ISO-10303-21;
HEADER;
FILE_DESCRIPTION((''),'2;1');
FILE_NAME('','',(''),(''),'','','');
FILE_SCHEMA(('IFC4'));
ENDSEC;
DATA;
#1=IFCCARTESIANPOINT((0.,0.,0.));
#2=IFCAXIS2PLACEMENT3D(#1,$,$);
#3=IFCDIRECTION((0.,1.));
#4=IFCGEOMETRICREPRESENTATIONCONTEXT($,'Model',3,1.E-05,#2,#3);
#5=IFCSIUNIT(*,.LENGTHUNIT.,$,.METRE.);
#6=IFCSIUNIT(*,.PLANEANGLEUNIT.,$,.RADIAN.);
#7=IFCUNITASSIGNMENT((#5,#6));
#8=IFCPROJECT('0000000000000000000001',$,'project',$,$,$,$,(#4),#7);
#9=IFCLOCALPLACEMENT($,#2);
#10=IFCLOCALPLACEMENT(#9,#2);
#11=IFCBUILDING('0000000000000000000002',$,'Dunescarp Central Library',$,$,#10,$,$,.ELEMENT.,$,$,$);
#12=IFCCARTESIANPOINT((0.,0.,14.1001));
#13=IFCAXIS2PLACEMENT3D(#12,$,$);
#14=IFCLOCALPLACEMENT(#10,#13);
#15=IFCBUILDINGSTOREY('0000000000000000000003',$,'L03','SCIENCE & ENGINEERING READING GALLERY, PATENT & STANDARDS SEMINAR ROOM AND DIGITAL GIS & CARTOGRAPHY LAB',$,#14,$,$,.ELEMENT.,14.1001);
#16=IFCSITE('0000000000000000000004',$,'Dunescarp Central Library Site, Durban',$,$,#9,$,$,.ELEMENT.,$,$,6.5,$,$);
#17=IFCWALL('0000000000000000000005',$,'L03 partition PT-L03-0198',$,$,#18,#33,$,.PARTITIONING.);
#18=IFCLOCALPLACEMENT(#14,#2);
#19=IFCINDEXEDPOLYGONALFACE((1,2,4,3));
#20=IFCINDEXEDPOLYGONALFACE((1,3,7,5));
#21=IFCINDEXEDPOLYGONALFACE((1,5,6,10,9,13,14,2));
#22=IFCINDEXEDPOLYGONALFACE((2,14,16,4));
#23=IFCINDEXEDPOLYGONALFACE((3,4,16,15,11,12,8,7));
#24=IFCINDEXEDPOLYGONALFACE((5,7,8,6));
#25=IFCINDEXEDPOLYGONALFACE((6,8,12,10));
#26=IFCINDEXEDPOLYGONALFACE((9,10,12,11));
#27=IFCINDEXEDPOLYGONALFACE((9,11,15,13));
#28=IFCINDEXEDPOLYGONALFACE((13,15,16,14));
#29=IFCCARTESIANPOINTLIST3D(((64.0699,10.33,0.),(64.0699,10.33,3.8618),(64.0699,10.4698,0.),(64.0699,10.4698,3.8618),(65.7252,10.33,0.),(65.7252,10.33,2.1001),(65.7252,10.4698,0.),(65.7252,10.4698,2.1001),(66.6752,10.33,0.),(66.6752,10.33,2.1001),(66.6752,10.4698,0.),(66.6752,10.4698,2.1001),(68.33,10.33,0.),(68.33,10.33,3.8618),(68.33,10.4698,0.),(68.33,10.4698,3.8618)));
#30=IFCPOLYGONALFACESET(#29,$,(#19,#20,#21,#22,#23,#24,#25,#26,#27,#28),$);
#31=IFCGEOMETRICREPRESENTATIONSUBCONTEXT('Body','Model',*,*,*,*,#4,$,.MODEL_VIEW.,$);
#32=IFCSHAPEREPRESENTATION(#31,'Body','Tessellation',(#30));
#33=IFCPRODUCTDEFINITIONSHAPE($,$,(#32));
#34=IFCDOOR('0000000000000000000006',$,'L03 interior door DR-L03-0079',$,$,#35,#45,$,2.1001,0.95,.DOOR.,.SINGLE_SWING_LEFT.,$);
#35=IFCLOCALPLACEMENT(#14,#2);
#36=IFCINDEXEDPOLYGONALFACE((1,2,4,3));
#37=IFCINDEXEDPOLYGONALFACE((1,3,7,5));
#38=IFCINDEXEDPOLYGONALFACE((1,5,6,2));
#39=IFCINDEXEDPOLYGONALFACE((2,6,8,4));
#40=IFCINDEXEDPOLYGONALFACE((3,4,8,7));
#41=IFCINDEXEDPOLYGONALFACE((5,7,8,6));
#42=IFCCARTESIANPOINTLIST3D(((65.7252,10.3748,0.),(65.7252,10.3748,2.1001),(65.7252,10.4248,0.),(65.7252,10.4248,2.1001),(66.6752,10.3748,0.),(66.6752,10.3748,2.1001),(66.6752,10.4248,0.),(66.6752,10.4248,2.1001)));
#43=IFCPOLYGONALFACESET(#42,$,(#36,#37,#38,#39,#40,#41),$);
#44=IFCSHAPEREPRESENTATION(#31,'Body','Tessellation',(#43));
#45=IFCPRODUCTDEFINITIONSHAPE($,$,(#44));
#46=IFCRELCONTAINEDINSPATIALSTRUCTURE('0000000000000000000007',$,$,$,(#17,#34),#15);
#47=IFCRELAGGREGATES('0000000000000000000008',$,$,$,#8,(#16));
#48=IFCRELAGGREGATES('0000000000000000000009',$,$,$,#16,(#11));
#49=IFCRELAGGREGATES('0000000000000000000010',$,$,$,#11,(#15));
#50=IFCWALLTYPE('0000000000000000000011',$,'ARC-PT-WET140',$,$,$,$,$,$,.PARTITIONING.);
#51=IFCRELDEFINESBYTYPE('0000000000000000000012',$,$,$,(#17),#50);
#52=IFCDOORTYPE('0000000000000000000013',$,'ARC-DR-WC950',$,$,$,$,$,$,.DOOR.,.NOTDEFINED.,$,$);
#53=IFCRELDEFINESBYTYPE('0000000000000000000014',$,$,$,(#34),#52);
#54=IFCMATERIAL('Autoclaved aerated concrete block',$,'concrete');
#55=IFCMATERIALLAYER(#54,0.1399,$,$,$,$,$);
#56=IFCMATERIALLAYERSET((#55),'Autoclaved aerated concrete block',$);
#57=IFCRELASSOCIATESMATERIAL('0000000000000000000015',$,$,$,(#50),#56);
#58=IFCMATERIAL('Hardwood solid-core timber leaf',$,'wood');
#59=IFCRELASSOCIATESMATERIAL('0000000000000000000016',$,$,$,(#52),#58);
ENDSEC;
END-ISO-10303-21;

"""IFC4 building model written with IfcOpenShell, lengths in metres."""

from ifc_helpers import new_model, si_unit, direction, frame, frame_2d, origin, place, context, subcontext, project, spatial, rectangle, extrude, material, layer, layer_set, type_object, element, fill, save


model = new_model("IFC4")

# Units and contexts
model_context = context("Model", 3, precision=1e-05, world=origin(), true_north=direction((0.0, 1.0)))
body_context = subcontext(model_context, "Body", "Model", "MODEL_VIEW")
ifc_project = project(units=[si_unit("LENGTHUNIT", "METRE"), si_unit("PLANEANGLEUNIT", "RADIAN")], contexts=[model_context])

# Site, building, storey
site_placement = place(None, origin())
site = spatial("IfcSite", under=ifc_project, at=site_placement, Name="Dunescarp Central Library Site, Durban", CompositionType="ELEMENT", RefElevation=6.5)
building_placement = place(site_placement, origin())
building = spatial("IfcBuilding", under=site, at=building_placement, Name="Dunescarp Central Library", CompositionType="ELEMENT")
storey_placement = place(building_placement, frame((0.0, 0.0, 14.1001)))
storey = spatial("IfcBuildingStorey", under=building, at=storey_placement, Name="L03", Description="SCIENCE & ENGINEERING READING GALLERY, PATENT & STANDARDS SEMINAR ROOM AND DIGITAL GIS & CARTOGRAPHY LAB", CompositionType="ELEMENT", Elevation=14.1001)

# Shared definitions
ifc_material_1 = material(Name="Hardwood solid-core timber leaf", Category="wood")

# Wall, opening, door
ifc_material_2 = material(Name="Autoclaved aerated concrete block", Category="concrete")
ifc_layer_1 = layer(ifc_material_2, 0.1399)
ifc_layer_set_1 = layer_set([ifc_layer_1], Name="Autoclaved aerated concrete block")
wall_type_1 = type_object("IfcWallType", Name="ARC-PT-WET140", PredefinedType="PARTITIONING", material=ifc_layer_set_1)
wall_1_placement = place(storey_placement, frame((64.0701, 10.3999, 0.0), z_axis=(0.0, 0.0, 1.0), x_axis=(1.0, 0.0, 0.0)))
wall_1 = element("IfcWall", 1, at=wall_1_placement, inside=storey, type_object=wall_type_1, Name="L03 partition PT-L03-0198", PredefinedType="PARTITIONING", context=body_context, shape_type="SweptSolid", body=[
    extrude(rectangle(XDim=4.26, YDim=0.1399, at=frame_2d((2.1299, 0.0))), origin(), (0.0, 0.0, 1.0), 3.8618),
])
opening_1_placement = place(wall_1_placement, frame((1.655, 0.0, 0.0)))
opening_1 = element("IfcOpeningElement", 2, at=opening_1_placement, cuts=wall_1, PredefinedType="OPENING", context=body_context, shape_type="SweptSolid", body=[
    extrude(rectangle(XDim=0.95, YDim=2.1001, at=frame_2d((0.4751, 1.05))), frame((0.0, 0.0801, 0.0), z_axis=(0.0, -1.0, 0.0), x_axis=(1.0, 0.0, 0.0)), (0.0, 0.0, 1.0), 0.1599),
])
door_type_1 = type_object("IfcDoorType", Name="ARC-DR-WC950", OperationType="NOTDEFINED", PredefinedType="DOOR", material=ifc_material_1)
door_1_placement = place(opening_1_placement, origin())
door_1 = element("IfcDoor", 3, at=door_1_placement, inside=storey, type_object=door_type_1, Name="L03 interior door DR-L03-0079", OperationType="SINGLE_SWING_LEFT", OverallHeight=2.1001, OverallWidth=0.95, PredefinedType="DOOR", context=body_context, shape_type="SweptSolid", body=[
    extrude(rectangle(XDim=0.95, YDim=2.1001, at=frame_2d((0.4751, 1.05))), frame((0.0, 0.0249, 0.0), z_axis=(0.0, -1.0, 0.0), x_axis=(1.0, 0.0, 0.0)), (0.0, 0.0, 1.0), 0.05),
])
fill(opening_1, door_1)

save(model, "model.ifc")
